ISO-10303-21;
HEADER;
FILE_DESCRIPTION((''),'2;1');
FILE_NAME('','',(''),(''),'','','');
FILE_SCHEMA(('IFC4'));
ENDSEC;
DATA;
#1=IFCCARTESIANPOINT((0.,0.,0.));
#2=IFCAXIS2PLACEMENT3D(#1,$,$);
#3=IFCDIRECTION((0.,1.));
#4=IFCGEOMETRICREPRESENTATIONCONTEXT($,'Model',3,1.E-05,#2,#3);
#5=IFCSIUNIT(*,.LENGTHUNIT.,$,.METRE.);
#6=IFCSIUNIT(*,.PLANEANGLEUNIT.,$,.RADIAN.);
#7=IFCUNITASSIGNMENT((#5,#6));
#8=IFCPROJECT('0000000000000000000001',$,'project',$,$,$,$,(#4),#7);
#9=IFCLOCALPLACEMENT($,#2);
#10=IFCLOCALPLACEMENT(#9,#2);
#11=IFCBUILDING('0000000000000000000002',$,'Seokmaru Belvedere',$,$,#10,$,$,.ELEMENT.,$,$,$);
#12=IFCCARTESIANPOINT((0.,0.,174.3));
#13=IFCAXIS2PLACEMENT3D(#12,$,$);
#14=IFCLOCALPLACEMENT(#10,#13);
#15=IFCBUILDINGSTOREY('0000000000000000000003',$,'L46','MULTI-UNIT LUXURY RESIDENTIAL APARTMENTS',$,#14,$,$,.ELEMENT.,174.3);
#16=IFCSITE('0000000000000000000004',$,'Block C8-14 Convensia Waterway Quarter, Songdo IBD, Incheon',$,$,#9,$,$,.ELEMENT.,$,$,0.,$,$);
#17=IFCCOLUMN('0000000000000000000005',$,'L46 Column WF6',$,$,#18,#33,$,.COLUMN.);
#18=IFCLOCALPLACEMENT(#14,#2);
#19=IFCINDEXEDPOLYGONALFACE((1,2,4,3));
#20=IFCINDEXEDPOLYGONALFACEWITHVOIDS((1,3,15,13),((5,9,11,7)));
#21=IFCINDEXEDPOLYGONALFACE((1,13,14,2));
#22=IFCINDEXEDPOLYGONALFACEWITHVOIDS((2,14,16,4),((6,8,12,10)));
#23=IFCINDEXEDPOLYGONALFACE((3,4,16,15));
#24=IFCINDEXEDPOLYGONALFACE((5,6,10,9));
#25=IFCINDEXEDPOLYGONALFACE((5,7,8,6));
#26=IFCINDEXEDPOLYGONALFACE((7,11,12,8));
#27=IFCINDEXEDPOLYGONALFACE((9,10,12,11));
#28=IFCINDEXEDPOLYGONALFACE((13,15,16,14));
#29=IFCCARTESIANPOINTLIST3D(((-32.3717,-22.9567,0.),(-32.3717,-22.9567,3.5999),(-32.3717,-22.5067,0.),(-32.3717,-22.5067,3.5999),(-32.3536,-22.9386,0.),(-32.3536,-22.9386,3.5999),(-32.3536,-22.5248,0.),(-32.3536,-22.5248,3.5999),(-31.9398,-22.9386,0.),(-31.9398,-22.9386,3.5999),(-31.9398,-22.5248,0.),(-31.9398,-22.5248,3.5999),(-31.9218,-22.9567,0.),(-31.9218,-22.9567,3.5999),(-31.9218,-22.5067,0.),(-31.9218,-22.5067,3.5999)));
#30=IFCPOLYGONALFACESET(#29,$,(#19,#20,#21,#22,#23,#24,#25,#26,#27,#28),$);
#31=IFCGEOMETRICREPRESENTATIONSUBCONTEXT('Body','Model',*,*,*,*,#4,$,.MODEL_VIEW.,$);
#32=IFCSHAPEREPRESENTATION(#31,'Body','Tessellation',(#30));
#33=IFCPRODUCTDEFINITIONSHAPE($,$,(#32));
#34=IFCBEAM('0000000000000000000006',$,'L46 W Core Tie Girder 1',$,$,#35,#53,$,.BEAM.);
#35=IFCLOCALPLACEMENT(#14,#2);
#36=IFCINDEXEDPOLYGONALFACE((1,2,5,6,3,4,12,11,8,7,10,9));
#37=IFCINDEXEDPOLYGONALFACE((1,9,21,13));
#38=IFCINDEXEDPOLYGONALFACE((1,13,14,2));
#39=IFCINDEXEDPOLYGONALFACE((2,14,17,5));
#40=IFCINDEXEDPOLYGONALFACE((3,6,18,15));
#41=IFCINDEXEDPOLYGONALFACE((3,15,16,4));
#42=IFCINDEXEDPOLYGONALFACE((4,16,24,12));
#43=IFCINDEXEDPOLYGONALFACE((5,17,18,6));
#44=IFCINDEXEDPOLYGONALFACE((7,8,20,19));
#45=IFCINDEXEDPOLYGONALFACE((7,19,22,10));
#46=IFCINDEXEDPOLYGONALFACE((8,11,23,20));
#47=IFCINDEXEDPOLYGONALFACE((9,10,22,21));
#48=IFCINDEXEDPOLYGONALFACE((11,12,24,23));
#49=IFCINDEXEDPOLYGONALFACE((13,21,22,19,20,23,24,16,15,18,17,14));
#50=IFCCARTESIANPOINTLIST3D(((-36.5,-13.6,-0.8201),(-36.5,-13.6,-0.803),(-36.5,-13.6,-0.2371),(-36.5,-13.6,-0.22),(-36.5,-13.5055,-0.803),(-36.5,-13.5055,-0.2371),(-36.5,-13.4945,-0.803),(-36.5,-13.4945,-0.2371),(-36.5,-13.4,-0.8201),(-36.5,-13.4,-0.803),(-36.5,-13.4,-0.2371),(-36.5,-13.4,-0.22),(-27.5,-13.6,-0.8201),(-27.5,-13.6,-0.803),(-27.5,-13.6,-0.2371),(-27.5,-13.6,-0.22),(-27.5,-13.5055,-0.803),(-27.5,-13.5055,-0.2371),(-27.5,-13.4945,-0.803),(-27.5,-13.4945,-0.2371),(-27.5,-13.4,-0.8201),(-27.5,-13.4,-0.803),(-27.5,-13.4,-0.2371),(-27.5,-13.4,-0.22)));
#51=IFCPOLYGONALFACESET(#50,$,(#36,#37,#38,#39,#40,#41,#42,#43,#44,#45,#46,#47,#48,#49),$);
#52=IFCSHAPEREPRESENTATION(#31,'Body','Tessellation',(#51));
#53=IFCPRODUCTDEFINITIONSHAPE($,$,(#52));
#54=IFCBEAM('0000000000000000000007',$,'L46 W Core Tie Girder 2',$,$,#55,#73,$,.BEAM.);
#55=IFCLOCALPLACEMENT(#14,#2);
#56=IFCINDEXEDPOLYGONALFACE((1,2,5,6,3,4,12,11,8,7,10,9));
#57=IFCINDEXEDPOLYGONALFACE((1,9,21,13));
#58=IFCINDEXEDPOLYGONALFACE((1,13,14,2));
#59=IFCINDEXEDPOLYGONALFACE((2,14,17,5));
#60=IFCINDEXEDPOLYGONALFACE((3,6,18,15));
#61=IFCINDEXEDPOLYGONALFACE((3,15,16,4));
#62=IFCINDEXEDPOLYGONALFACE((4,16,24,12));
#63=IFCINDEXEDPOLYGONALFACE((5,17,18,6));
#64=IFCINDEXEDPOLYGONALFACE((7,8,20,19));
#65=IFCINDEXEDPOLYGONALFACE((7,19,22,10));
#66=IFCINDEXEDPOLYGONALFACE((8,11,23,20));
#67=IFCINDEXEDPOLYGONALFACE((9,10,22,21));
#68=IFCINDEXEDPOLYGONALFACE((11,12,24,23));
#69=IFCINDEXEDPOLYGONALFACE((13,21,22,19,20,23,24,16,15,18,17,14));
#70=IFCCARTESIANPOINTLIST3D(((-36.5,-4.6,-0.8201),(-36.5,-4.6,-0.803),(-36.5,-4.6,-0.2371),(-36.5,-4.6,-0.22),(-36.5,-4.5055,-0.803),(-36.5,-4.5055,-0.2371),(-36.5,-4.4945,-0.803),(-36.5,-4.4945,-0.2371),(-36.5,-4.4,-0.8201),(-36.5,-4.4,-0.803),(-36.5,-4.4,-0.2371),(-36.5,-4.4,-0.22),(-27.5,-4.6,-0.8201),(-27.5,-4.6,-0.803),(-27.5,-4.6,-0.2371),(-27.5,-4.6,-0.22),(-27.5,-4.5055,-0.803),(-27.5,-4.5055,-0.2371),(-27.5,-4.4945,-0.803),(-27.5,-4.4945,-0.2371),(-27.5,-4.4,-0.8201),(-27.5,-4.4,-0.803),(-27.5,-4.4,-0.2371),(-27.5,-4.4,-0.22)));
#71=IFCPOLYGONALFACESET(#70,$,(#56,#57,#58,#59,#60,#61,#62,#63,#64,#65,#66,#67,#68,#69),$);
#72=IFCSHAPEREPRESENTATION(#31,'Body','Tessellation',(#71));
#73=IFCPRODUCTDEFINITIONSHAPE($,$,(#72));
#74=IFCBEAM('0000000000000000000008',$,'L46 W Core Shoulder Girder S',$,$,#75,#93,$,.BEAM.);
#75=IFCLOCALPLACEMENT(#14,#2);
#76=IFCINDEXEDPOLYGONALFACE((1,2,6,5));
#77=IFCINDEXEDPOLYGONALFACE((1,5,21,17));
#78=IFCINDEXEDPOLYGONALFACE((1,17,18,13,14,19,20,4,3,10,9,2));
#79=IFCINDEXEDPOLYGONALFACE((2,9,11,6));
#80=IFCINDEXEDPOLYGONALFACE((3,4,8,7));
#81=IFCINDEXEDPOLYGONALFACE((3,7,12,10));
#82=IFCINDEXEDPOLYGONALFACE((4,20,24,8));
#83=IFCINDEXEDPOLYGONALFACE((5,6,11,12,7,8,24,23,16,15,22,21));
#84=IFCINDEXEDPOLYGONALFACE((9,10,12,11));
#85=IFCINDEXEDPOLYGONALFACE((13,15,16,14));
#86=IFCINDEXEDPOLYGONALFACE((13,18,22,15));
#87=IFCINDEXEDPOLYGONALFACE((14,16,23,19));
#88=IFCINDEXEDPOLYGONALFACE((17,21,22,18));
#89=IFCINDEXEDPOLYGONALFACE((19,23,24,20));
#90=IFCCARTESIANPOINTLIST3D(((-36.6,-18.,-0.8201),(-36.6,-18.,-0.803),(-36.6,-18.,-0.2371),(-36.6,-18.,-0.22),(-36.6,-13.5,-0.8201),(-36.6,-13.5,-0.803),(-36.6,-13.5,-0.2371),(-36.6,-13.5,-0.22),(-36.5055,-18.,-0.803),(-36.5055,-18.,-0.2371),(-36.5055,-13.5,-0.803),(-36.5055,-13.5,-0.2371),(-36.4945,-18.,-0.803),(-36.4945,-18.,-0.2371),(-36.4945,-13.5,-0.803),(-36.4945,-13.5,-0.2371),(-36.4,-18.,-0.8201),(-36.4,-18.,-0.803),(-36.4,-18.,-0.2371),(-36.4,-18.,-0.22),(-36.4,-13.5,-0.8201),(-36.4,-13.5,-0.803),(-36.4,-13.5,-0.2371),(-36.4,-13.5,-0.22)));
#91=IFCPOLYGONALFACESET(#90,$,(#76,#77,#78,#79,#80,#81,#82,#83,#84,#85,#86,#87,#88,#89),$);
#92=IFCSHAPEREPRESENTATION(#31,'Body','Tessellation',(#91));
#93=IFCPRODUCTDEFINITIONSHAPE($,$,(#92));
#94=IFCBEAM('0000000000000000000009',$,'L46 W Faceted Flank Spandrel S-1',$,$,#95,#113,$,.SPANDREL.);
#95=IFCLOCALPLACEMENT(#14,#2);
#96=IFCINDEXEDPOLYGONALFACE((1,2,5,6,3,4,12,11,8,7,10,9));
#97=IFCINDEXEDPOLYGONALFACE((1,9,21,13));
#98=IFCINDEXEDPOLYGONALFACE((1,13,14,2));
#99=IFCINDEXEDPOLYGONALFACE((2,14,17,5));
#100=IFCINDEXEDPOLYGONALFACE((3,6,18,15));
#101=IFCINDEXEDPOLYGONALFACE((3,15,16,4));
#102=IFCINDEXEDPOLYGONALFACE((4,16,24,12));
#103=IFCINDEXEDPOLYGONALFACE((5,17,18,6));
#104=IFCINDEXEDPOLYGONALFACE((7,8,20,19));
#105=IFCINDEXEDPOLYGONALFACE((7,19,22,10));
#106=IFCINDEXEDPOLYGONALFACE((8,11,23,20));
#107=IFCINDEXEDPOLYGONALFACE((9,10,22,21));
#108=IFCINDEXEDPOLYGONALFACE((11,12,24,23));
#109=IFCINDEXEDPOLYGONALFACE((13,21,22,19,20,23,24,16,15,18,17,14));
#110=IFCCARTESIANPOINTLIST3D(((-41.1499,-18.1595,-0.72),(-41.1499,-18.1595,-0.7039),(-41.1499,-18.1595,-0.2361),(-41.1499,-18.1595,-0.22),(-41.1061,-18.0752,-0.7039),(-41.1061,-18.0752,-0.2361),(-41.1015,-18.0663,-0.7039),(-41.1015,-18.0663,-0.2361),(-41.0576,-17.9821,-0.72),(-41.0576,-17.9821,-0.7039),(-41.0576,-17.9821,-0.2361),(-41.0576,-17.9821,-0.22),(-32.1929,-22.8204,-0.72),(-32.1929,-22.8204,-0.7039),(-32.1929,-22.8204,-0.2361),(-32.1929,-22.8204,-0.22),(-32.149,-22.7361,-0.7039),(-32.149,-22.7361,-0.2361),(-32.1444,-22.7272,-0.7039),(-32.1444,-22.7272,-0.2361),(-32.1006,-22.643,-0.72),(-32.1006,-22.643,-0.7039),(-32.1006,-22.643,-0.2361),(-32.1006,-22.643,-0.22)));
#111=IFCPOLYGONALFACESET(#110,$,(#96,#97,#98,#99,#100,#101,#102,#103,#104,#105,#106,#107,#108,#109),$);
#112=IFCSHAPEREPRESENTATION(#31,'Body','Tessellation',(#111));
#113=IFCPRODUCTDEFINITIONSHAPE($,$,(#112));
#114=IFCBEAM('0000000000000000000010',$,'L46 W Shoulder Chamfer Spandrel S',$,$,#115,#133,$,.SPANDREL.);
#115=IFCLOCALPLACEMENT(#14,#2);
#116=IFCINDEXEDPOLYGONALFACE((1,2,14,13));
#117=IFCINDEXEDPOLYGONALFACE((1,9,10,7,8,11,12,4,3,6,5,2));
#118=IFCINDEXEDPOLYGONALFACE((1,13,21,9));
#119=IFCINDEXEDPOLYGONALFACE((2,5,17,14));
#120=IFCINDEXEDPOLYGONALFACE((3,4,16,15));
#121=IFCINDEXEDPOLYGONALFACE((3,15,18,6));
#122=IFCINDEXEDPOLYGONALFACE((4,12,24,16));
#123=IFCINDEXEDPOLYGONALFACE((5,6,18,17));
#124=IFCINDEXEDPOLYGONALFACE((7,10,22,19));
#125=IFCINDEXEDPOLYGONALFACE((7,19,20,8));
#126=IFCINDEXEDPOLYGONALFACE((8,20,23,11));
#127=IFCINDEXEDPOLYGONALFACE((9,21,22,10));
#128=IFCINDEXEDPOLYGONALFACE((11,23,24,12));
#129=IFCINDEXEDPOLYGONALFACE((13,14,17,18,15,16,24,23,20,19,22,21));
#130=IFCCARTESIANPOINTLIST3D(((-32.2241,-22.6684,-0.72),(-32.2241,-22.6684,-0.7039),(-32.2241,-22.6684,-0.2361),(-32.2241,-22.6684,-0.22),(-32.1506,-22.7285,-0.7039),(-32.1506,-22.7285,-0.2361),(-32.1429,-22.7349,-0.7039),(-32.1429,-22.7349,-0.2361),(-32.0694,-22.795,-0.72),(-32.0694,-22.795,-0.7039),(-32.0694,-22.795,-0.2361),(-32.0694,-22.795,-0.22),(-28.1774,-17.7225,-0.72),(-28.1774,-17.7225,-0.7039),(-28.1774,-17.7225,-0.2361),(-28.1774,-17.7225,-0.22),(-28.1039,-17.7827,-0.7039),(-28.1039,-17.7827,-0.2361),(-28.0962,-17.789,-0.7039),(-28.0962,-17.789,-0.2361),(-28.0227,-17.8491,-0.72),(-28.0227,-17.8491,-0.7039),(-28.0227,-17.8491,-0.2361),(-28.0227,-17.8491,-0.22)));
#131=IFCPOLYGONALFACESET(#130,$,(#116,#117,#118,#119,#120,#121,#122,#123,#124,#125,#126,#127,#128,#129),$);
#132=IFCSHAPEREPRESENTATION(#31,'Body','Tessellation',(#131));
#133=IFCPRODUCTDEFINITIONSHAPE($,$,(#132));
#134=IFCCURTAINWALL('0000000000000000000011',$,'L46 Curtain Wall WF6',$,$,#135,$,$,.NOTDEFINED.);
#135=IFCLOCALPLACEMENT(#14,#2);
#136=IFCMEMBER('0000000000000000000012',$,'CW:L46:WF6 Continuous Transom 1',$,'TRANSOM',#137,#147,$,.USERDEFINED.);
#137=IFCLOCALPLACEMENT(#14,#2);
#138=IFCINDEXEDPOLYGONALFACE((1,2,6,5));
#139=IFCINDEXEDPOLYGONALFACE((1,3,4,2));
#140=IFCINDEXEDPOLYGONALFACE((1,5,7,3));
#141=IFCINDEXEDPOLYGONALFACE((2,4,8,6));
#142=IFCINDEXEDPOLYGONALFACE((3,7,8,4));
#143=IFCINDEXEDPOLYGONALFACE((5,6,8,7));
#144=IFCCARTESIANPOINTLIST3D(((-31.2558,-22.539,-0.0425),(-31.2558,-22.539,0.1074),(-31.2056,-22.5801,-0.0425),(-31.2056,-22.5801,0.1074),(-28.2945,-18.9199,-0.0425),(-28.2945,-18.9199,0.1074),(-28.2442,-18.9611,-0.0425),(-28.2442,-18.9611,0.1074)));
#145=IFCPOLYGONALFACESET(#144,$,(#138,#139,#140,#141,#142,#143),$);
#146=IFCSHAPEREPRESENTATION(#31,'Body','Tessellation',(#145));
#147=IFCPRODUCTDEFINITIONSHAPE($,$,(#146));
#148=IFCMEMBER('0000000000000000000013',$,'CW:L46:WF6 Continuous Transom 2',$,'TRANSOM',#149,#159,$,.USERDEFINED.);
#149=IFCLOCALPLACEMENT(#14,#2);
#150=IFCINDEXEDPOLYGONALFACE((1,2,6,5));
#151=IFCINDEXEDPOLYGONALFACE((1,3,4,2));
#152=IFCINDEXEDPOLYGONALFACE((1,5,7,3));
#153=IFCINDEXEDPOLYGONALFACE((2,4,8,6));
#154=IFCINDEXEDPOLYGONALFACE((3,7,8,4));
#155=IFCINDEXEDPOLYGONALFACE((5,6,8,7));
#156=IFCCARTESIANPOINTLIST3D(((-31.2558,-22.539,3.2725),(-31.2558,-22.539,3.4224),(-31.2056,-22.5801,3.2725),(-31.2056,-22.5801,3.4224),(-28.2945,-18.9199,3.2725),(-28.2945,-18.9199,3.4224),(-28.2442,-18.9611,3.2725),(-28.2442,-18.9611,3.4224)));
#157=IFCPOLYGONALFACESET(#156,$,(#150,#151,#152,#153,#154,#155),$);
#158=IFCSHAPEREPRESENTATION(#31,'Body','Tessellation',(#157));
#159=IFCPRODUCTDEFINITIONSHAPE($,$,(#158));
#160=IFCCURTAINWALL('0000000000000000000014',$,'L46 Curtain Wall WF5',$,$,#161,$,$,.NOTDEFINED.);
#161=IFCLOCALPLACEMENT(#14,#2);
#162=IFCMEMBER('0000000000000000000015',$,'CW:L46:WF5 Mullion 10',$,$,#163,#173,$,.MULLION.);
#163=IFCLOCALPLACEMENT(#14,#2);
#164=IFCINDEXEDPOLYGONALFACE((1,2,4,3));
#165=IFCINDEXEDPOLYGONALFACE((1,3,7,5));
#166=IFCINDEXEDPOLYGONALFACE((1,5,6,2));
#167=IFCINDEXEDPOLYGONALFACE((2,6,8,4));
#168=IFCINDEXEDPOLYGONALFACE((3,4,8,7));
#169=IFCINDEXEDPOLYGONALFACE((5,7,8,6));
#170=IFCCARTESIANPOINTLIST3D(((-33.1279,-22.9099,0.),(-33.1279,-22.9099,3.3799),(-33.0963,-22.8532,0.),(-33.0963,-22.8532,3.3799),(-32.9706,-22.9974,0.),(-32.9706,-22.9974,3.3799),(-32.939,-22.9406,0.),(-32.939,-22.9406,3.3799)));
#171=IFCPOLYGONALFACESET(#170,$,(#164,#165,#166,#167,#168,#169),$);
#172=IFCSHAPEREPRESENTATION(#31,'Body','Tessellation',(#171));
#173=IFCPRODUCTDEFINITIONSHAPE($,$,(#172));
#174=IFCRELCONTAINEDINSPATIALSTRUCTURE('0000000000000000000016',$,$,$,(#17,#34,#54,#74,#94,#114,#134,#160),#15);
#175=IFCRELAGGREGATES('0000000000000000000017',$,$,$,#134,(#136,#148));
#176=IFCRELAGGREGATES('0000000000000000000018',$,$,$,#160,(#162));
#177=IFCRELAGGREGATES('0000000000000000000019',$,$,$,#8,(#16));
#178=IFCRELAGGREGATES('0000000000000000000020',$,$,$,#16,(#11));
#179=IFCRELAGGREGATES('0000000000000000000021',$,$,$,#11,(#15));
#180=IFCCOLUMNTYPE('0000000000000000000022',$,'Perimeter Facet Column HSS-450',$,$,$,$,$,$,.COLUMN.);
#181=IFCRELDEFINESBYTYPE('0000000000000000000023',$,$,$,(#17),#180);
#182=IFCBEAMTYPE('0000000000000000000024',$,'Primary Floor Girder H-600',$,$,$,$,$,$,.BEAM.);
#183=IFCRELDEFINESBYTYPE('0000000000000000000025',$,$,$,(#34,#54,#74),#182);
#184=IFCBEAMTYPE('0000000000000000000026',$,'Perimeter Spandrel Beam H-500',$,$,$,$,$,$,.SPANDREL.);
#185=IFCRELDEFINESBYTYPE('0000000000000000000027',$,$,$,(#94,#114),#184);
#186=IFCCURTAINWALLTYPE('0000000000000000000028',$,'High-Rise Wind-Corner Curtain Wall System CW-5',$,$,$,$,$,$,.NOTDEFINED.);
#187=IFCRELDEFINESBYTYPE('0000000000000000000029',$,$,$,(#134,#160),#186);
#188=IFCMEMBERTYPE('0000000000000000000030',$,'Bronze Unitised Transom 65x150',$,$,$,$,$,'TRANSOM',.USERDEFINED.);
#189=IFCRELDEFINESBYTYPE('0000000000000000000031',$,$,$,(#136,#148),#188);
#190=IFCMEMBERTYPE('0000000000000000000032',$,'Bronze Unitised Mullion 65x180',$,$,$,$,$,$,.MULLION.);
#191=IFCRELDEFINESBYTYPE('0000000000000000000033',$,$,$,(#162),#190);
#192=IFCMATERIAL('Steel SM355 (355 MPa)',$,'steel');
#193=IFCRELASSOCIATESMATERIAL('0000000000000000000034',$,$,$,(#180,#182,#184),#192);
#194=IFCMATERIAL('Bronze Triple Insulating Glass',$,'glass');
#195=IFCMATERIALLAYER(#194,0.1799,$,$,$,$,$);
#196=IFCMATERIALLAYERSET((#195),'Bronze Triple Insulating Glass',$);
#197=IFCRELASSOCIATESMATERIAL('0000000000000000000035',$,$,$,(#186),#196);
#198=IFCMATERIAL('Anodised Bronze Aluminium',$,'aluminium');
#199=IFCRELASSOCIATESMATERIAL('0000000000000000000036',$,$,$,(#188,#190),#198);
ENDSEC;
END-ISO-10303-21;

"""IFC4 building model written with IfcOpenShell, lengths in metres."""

from ifc_helpers import new_model, si_unit, direction, frame, origin, origin_2d, place, context, subcontext, project, spatial, rectangle, hollow_rectangle, i_section, extrude, source, transform, mapped, material, layer, layer_set, material_profile, profile_set, type_object, type_shapes, element, aggregate, save


model = new_model("IFC4")

# Units and contexts
model_context = context("Model", 3, precision=1e-05, world=origin(), true_north=direction((0.0, 1.0)))
body_context = subcontext(model_context, "Body", "Model", "MODEL_VIEW")
ifc_project = project(units=[si_unit("LENGTHUNIT", "METRE"), si_unit("PLANEANGLEUNIT", "RADIAN")], contexts=[model_context])

# Site, building, storey
site_placement = place(None, origin())
site = spatial("IfcSite", under=ifc_project, at=site_placement, Name="Block C8-14 Convensia Waterway Quarter, Songdo IBD, Incheon", CompositionType="ELEMENT", RefElevation=0.0)
building_placement = place(site_placement, origin())
building = spatial("IfcBuilding", under=site, at=building_placement, Name="Seokmaru Belvedere", CompositionType="ELEMENT")
storey_placement = place(building_placement, frame((0.0, 0.0, 174.3)))
storey = spatial("IfcBuildingStorey", under=building, at=storey_placement, Name="L46", Description="MULTI-UNIT LUXURY RESIDENTIAL APARTMENTS", CompositionType="ELEMENT", Elevation=174.3)

# Column
ifc_material_1 = material(Name="Steel SM355 (355 MPa)", Category="steel")
ifc_material_profile_1 = material_profile(ifc_material_1, hollow_rectangle(XDim=0.45, YDim=0.45, WallThickness=0.0181, at=origin_2d()), Name="HSS-450x450x18")
ifc_profile_set_1 = profile_set([ifc_material_profile_1], Name="Steel SM355 (355 MPa)")
column_type = type_object("IfcColumnType", Name="Perimeter Facet Column HSS-450", PredefinedType="COLUMN", material=ifc_profile_set_1)
shared_shape_1 = source(origin(), body_context, "Body", "SweptSolid", [
    extrude(hollow_rectangle(XDim=0.45, YDim=0.45, WallThickness=0.0181, at=origin_2d()), origin(), (0.0, 0.0, 1.0), 3.5999),
])
type_shapes(column_type, [shared_shape_1])
column_placement = place(storey_placement, frame((-32.1467, -22.7317, 0.0), z_axis=(0.0, 0.0, 1.0), x_axis=(1.0, 0.0, 0.0)))
element("IfcColumn", 1, at=column_placement, inside=storey, type_object=column_type, Name="L46 Column WF6", PredefinedType="COLUMN", context=body_context, shape_type="MappedRepresentation", body=[
    mapped(shared_shape_1, transform((0.0, 0.0, 0.0), scale=1.0)),
])

# Beams
ifc_material_profile_2 = material_profile(ifc_material_1, i_section(OverallWidth=0.2, OverallDepth=0.6001, WebThickness=0.011, FlangeThickness=0.0171, at=origin_2d()), Name="H-600x200x11x17")
ifc_profile_set_2 = profile_set([ifc_material_profile_2], Name="Steel SM355 (355 MPa)")
beam_type_1 = type_object("IfcBeamType", Name="Primary Floor Girder H-600", PredefinedType="BEAM", material=ifc_profile_set_2)
shared_shape_2 = source(origin(), body_context, "Body", "SweptSolid", [
    extrude(i_section(OverallWidth=0.2, OverallDepth=0.6001, WebThickness=0.011, FlangeThickness=0.0171, at=origin_2d()), origin(), (0.0, 0.0, 1.0), 9.0),
])
for number, where, z_axis, x_axis, name in (
    (2, (-36.5, -13.5, -0.52), (1.0, 0.0, 0.0), (0.0, 1.0, 0.0), "L46 W Core Tie Girder 1"),
    (3, (-36.5, -4.5, -0.52), (1.0, 0.0, 0.0), (0.0, 1.0, 0.0), "L46 W Core Tie Girder 2"),
):
    element("IfcBeam", number, at=place(storey_placement, frame(where, z_axis=z_axis, x_axis=x_axis)), inside=storey, type_object=beam_type_1, Name=name, PredefinedType="BEAM", context=body_context, shape_type="MappedRepresentation", body=[
        mapped(shared_shape_2, transform((0.0, 0.0, 0.0), scale=1.0)),
    ])
shared_shape_3 = source(origin(), body_context, "Body", "SweptSolid", [
    extrude(i_section(OverallWidth=0.2, OverallDepth=0.6001, WebThickness=0.011, FlangeThickness=0.0171, at=origin_2d()), origin(), (0.0, 0.0, 1.0), 4.5),
])
type_shapes(beam_type_1, [shared_shape_2, shared_shape_3])
beam_1_placement = place(storey_placement, frame((-36.5, -18.0, -0.52), z_axis=(0.0, 1.0, 0.0), x_axis=(-1.0, 0.0, 0.0)))
element("IfcBeam", 4, at=beam_1_placement, inside=storey, type_object=beam_type_1, Name="L46 W Core Shoulder Girder S", PredefinedType="BEAM", context=body_context, shape_type="MappedRepresentation", body=[
    mapped(shared_shape_3, transform((0.0, 0.0, 0.0), scale=1.0)),
])
ifc_material_profile_3 = material_profile(ifc_material_1, i_section(OverallWidth=0.2, OverallDepth=0.5, WebThickness=0.01, FlangeThickness=0.0161, at=origin_2d()), Name="H-500x200x10x16")
ifc_profile_set_3 = profile_set([ifc_material_profile_3], Name="Steel SM355 (355 MPa)")
beam_type_2 = type_object("IfcBeamType", Name="Perimeter Spandrel Beam H-500", PredefinedType="SPANDREL", material=ifc_profile_set_3)
shared_shape_4 = source(origin(), body_context, "Body", "SweptSolid", [
    extrude(i_section(OverallWidth=0.2, OverallDepth=0.5, WebThickness=0.01, FlangeThickness=0.0161, at=origin_2d()), origin(), (0.0, 0.0, 1.0), 10.0972),
])
beam_2_placement = place(storey_placement, frame((-32.1467, -22.7317, -0.47), z_axis=(-0.887086, 0.461605, 0.0), x_axis=(-0.461605, -0.887086, 0.0)))
element("IfcBeam", 5, at=beam_2_placement, inside=storey, type_object=beam_type_2, Name="L46 W Faceted Flank Spandrel S-1", PredefinedType="SPANDREL", context=body_context, shape_type="MappedRepresentation", body=[
    mapped(shared_shape_4, transform((0.0, 0.0, 0.0), scale=1.0)),
])
shared_shape_5 = source(origin(), body_context, "Body", "SweptSolid", [
    extrude(i_section(OverallWidth=0.2, OverallDepth=0.5, WebThickness=0.01, FlangeThickness=0.0161, at=origin_2d()), origin(), (0.0, 0.0, 1.0), 6.3904),
])
type_shapes(beam_type_2, [shared_shape_4, shared_shape_5])
beam_3_placement = place(storey_placement, frame((-32.1467, -22.7317, -0.47), z_axis=(0.633244, 0.773952, 0.0), x_axis=(-0.773952, 0.633244, 0.0)))
element("IfcBeam", 6, at=beam_3_placement, inside=storey, type_object=beam_type_2, Name="L46 W Shoulder Chamfer Spandrel S", PredefinedType="SPANDREL", context=body_context, shape_type="MappedRepresentation", body=[
    mapped(shared_shape_5, transform((0.0, 0.0, 0.0), scale=1.0)),
])

# Curtain wall, members
ifc_material_2 = material(Name="Bronze Triple Insulating Glass", Category="glass")
ifc_layer_1 = layer(ifc_material_2, 0.1799)
ifc_layer_set_1 = layer_set([ifc_layer_1], Name="Bronze Triple Insulating Glass")
curtain_wall_type = type_object("IfcCurtainWallType", Name="High-Rise Wind-Corner Curtain Wall System CW-5", PredefinedType="NOTDEFINED", material=ifc_layer_set_1)
curtain_wall_1_placement = place(storey_placement, origin())
curtain_wall_1 = element("IfcCurtainWall", 7, at=curtain_wall_1_placement, inside=storey, type_object=curtain_wall_type, Name="L46 Curtain Wall WF6", PredefinedType="NOTDEFINED")
ifc_material_3 = material(Name="Anodised Bronze Aluminium", Category="aluminium")
ifc_material_profile_4 = material_profile(ifc_material_3, rectangle(XDim=0.0649, YDim=0.1499, at=origin_2d()), Name="CW-T-65x150")
ifc_profile_set_4 = profile_set([ifc_material_profile_4], Name="Anodised Bronze Aluminium")
member_type_1 = type_object("IfcMemberType", Name="Bronze Unitised Transom 65x150", ElementType="TRANSOM", PredefinedType="USERDEFINED", material=ifc_profile_set_4)
shared_shape_6 = source(origin(), body_context, "Body", "SweptSolid", [
    extrude(rectangle(XDim=0.0649, YDim=0.1499, at=origin_2d()), origin(), (0.0, 0.0, 1.0), 4.6763),
])
type_shapes(member_type_1, [shared_shape_6])
member_1_placement = place(storey_placement, frame((-31.2307, -22.5596, 0.0325), z_axis=(0.633278, 0.773925, 0.0), x_axis=(-0.773925, 0.633278, 0.0)))
member_1 = element("IfcMember", 8, at=member_1_placement, type_object=member_type_1, Name="CW:L46:WF6 Continuous Transom 1", ObjectType="TRANSOM", PredefinedType="USERDEFINED", context=body_context, shape_type="MappedRepresentation", body=[
    mapped(shared_shape_6, transform((0.0, 0.0, 0.0), scale=1.0)),
])
member_2_placement = place(storey_placement, frame((-31.2307, -22.5596, 3.3474), z_axis=(0.633278, 0.773925, 0.0), x_axis=(-0.773925, 0.633278, 0.0)))
member_2 = element("IfcMember", 9, at=member_2_placement, type_object=member_type_1, Name="CW:L46:WF6 Continuous Transom 2", ObjectType="TRANSOM", PredefinedType="USERDEFINED", context=body_context, shape_type="MappedRepresentation", body=[
    mapped(shared_shape_6, transform((0.0, 0.0, 0.0), scale=1.0)),
])

# Curtain wall, member
curtain_wall_2_placement = place(storey_placement, origin())
curtain_wall_2 = element("IfcCurtainWall", 10, at=curtain_wall_2_placement, inside=storey, type_object=curtain_wall_type, Name="L46 Curtain Wall WF5", PredefinedType="NOTDEFINED")
ifc_material_profile_5 = material_profile(ifc_material_3, rectangle(XDim=0.0649, YDim=0.1799, at=origin_2d()), Name="CW-M-65x180")
ifc_profile_set_5 = profile_set([ifc_material_profile_5], Name="Anodised Bronze Aluminium")
member_type_2 = type_object("IfcMemberType", Name="Bronze Unitised Mullion 65x180", PredefinedType="MULLION", material=ifc_profile_set_5)
shared_shape_7 = source(origin(), body_context, "Body", "SweptSolid", [
    extrude(rectangle(XDim=0.0649, YDim=0.1799, at=origin_2d()), origin(), (0.0, 0.0, 1.0), 3.3799),
])
type_shapes(member_type_2, [shared_shape_7])
member_3_placement = place(storey_placement, frame((-33.0334, -22.9253, 0.0), z_axis=(0.0, 0.0, 1.0), x_axis=(0.486047, 0.873933, 0.0)))
member_3 = element("IfcMember", 11, at=member_3_placement, type_object=member_type_2, Name="CW:L46:WF5 Mullion 10", PredefinedType="MULLION", context=body_context, shape_type="MappedRepresentation", body=[
    mapped(shared_shape_7, transform((0.0, 0.0, 0.0), scale=1.0)),
])

aggregate(curtain_wall_1, [member_1, member_2])

aggregate(curtain_wall_2, [member_3])

save(model, "model.ifc")
